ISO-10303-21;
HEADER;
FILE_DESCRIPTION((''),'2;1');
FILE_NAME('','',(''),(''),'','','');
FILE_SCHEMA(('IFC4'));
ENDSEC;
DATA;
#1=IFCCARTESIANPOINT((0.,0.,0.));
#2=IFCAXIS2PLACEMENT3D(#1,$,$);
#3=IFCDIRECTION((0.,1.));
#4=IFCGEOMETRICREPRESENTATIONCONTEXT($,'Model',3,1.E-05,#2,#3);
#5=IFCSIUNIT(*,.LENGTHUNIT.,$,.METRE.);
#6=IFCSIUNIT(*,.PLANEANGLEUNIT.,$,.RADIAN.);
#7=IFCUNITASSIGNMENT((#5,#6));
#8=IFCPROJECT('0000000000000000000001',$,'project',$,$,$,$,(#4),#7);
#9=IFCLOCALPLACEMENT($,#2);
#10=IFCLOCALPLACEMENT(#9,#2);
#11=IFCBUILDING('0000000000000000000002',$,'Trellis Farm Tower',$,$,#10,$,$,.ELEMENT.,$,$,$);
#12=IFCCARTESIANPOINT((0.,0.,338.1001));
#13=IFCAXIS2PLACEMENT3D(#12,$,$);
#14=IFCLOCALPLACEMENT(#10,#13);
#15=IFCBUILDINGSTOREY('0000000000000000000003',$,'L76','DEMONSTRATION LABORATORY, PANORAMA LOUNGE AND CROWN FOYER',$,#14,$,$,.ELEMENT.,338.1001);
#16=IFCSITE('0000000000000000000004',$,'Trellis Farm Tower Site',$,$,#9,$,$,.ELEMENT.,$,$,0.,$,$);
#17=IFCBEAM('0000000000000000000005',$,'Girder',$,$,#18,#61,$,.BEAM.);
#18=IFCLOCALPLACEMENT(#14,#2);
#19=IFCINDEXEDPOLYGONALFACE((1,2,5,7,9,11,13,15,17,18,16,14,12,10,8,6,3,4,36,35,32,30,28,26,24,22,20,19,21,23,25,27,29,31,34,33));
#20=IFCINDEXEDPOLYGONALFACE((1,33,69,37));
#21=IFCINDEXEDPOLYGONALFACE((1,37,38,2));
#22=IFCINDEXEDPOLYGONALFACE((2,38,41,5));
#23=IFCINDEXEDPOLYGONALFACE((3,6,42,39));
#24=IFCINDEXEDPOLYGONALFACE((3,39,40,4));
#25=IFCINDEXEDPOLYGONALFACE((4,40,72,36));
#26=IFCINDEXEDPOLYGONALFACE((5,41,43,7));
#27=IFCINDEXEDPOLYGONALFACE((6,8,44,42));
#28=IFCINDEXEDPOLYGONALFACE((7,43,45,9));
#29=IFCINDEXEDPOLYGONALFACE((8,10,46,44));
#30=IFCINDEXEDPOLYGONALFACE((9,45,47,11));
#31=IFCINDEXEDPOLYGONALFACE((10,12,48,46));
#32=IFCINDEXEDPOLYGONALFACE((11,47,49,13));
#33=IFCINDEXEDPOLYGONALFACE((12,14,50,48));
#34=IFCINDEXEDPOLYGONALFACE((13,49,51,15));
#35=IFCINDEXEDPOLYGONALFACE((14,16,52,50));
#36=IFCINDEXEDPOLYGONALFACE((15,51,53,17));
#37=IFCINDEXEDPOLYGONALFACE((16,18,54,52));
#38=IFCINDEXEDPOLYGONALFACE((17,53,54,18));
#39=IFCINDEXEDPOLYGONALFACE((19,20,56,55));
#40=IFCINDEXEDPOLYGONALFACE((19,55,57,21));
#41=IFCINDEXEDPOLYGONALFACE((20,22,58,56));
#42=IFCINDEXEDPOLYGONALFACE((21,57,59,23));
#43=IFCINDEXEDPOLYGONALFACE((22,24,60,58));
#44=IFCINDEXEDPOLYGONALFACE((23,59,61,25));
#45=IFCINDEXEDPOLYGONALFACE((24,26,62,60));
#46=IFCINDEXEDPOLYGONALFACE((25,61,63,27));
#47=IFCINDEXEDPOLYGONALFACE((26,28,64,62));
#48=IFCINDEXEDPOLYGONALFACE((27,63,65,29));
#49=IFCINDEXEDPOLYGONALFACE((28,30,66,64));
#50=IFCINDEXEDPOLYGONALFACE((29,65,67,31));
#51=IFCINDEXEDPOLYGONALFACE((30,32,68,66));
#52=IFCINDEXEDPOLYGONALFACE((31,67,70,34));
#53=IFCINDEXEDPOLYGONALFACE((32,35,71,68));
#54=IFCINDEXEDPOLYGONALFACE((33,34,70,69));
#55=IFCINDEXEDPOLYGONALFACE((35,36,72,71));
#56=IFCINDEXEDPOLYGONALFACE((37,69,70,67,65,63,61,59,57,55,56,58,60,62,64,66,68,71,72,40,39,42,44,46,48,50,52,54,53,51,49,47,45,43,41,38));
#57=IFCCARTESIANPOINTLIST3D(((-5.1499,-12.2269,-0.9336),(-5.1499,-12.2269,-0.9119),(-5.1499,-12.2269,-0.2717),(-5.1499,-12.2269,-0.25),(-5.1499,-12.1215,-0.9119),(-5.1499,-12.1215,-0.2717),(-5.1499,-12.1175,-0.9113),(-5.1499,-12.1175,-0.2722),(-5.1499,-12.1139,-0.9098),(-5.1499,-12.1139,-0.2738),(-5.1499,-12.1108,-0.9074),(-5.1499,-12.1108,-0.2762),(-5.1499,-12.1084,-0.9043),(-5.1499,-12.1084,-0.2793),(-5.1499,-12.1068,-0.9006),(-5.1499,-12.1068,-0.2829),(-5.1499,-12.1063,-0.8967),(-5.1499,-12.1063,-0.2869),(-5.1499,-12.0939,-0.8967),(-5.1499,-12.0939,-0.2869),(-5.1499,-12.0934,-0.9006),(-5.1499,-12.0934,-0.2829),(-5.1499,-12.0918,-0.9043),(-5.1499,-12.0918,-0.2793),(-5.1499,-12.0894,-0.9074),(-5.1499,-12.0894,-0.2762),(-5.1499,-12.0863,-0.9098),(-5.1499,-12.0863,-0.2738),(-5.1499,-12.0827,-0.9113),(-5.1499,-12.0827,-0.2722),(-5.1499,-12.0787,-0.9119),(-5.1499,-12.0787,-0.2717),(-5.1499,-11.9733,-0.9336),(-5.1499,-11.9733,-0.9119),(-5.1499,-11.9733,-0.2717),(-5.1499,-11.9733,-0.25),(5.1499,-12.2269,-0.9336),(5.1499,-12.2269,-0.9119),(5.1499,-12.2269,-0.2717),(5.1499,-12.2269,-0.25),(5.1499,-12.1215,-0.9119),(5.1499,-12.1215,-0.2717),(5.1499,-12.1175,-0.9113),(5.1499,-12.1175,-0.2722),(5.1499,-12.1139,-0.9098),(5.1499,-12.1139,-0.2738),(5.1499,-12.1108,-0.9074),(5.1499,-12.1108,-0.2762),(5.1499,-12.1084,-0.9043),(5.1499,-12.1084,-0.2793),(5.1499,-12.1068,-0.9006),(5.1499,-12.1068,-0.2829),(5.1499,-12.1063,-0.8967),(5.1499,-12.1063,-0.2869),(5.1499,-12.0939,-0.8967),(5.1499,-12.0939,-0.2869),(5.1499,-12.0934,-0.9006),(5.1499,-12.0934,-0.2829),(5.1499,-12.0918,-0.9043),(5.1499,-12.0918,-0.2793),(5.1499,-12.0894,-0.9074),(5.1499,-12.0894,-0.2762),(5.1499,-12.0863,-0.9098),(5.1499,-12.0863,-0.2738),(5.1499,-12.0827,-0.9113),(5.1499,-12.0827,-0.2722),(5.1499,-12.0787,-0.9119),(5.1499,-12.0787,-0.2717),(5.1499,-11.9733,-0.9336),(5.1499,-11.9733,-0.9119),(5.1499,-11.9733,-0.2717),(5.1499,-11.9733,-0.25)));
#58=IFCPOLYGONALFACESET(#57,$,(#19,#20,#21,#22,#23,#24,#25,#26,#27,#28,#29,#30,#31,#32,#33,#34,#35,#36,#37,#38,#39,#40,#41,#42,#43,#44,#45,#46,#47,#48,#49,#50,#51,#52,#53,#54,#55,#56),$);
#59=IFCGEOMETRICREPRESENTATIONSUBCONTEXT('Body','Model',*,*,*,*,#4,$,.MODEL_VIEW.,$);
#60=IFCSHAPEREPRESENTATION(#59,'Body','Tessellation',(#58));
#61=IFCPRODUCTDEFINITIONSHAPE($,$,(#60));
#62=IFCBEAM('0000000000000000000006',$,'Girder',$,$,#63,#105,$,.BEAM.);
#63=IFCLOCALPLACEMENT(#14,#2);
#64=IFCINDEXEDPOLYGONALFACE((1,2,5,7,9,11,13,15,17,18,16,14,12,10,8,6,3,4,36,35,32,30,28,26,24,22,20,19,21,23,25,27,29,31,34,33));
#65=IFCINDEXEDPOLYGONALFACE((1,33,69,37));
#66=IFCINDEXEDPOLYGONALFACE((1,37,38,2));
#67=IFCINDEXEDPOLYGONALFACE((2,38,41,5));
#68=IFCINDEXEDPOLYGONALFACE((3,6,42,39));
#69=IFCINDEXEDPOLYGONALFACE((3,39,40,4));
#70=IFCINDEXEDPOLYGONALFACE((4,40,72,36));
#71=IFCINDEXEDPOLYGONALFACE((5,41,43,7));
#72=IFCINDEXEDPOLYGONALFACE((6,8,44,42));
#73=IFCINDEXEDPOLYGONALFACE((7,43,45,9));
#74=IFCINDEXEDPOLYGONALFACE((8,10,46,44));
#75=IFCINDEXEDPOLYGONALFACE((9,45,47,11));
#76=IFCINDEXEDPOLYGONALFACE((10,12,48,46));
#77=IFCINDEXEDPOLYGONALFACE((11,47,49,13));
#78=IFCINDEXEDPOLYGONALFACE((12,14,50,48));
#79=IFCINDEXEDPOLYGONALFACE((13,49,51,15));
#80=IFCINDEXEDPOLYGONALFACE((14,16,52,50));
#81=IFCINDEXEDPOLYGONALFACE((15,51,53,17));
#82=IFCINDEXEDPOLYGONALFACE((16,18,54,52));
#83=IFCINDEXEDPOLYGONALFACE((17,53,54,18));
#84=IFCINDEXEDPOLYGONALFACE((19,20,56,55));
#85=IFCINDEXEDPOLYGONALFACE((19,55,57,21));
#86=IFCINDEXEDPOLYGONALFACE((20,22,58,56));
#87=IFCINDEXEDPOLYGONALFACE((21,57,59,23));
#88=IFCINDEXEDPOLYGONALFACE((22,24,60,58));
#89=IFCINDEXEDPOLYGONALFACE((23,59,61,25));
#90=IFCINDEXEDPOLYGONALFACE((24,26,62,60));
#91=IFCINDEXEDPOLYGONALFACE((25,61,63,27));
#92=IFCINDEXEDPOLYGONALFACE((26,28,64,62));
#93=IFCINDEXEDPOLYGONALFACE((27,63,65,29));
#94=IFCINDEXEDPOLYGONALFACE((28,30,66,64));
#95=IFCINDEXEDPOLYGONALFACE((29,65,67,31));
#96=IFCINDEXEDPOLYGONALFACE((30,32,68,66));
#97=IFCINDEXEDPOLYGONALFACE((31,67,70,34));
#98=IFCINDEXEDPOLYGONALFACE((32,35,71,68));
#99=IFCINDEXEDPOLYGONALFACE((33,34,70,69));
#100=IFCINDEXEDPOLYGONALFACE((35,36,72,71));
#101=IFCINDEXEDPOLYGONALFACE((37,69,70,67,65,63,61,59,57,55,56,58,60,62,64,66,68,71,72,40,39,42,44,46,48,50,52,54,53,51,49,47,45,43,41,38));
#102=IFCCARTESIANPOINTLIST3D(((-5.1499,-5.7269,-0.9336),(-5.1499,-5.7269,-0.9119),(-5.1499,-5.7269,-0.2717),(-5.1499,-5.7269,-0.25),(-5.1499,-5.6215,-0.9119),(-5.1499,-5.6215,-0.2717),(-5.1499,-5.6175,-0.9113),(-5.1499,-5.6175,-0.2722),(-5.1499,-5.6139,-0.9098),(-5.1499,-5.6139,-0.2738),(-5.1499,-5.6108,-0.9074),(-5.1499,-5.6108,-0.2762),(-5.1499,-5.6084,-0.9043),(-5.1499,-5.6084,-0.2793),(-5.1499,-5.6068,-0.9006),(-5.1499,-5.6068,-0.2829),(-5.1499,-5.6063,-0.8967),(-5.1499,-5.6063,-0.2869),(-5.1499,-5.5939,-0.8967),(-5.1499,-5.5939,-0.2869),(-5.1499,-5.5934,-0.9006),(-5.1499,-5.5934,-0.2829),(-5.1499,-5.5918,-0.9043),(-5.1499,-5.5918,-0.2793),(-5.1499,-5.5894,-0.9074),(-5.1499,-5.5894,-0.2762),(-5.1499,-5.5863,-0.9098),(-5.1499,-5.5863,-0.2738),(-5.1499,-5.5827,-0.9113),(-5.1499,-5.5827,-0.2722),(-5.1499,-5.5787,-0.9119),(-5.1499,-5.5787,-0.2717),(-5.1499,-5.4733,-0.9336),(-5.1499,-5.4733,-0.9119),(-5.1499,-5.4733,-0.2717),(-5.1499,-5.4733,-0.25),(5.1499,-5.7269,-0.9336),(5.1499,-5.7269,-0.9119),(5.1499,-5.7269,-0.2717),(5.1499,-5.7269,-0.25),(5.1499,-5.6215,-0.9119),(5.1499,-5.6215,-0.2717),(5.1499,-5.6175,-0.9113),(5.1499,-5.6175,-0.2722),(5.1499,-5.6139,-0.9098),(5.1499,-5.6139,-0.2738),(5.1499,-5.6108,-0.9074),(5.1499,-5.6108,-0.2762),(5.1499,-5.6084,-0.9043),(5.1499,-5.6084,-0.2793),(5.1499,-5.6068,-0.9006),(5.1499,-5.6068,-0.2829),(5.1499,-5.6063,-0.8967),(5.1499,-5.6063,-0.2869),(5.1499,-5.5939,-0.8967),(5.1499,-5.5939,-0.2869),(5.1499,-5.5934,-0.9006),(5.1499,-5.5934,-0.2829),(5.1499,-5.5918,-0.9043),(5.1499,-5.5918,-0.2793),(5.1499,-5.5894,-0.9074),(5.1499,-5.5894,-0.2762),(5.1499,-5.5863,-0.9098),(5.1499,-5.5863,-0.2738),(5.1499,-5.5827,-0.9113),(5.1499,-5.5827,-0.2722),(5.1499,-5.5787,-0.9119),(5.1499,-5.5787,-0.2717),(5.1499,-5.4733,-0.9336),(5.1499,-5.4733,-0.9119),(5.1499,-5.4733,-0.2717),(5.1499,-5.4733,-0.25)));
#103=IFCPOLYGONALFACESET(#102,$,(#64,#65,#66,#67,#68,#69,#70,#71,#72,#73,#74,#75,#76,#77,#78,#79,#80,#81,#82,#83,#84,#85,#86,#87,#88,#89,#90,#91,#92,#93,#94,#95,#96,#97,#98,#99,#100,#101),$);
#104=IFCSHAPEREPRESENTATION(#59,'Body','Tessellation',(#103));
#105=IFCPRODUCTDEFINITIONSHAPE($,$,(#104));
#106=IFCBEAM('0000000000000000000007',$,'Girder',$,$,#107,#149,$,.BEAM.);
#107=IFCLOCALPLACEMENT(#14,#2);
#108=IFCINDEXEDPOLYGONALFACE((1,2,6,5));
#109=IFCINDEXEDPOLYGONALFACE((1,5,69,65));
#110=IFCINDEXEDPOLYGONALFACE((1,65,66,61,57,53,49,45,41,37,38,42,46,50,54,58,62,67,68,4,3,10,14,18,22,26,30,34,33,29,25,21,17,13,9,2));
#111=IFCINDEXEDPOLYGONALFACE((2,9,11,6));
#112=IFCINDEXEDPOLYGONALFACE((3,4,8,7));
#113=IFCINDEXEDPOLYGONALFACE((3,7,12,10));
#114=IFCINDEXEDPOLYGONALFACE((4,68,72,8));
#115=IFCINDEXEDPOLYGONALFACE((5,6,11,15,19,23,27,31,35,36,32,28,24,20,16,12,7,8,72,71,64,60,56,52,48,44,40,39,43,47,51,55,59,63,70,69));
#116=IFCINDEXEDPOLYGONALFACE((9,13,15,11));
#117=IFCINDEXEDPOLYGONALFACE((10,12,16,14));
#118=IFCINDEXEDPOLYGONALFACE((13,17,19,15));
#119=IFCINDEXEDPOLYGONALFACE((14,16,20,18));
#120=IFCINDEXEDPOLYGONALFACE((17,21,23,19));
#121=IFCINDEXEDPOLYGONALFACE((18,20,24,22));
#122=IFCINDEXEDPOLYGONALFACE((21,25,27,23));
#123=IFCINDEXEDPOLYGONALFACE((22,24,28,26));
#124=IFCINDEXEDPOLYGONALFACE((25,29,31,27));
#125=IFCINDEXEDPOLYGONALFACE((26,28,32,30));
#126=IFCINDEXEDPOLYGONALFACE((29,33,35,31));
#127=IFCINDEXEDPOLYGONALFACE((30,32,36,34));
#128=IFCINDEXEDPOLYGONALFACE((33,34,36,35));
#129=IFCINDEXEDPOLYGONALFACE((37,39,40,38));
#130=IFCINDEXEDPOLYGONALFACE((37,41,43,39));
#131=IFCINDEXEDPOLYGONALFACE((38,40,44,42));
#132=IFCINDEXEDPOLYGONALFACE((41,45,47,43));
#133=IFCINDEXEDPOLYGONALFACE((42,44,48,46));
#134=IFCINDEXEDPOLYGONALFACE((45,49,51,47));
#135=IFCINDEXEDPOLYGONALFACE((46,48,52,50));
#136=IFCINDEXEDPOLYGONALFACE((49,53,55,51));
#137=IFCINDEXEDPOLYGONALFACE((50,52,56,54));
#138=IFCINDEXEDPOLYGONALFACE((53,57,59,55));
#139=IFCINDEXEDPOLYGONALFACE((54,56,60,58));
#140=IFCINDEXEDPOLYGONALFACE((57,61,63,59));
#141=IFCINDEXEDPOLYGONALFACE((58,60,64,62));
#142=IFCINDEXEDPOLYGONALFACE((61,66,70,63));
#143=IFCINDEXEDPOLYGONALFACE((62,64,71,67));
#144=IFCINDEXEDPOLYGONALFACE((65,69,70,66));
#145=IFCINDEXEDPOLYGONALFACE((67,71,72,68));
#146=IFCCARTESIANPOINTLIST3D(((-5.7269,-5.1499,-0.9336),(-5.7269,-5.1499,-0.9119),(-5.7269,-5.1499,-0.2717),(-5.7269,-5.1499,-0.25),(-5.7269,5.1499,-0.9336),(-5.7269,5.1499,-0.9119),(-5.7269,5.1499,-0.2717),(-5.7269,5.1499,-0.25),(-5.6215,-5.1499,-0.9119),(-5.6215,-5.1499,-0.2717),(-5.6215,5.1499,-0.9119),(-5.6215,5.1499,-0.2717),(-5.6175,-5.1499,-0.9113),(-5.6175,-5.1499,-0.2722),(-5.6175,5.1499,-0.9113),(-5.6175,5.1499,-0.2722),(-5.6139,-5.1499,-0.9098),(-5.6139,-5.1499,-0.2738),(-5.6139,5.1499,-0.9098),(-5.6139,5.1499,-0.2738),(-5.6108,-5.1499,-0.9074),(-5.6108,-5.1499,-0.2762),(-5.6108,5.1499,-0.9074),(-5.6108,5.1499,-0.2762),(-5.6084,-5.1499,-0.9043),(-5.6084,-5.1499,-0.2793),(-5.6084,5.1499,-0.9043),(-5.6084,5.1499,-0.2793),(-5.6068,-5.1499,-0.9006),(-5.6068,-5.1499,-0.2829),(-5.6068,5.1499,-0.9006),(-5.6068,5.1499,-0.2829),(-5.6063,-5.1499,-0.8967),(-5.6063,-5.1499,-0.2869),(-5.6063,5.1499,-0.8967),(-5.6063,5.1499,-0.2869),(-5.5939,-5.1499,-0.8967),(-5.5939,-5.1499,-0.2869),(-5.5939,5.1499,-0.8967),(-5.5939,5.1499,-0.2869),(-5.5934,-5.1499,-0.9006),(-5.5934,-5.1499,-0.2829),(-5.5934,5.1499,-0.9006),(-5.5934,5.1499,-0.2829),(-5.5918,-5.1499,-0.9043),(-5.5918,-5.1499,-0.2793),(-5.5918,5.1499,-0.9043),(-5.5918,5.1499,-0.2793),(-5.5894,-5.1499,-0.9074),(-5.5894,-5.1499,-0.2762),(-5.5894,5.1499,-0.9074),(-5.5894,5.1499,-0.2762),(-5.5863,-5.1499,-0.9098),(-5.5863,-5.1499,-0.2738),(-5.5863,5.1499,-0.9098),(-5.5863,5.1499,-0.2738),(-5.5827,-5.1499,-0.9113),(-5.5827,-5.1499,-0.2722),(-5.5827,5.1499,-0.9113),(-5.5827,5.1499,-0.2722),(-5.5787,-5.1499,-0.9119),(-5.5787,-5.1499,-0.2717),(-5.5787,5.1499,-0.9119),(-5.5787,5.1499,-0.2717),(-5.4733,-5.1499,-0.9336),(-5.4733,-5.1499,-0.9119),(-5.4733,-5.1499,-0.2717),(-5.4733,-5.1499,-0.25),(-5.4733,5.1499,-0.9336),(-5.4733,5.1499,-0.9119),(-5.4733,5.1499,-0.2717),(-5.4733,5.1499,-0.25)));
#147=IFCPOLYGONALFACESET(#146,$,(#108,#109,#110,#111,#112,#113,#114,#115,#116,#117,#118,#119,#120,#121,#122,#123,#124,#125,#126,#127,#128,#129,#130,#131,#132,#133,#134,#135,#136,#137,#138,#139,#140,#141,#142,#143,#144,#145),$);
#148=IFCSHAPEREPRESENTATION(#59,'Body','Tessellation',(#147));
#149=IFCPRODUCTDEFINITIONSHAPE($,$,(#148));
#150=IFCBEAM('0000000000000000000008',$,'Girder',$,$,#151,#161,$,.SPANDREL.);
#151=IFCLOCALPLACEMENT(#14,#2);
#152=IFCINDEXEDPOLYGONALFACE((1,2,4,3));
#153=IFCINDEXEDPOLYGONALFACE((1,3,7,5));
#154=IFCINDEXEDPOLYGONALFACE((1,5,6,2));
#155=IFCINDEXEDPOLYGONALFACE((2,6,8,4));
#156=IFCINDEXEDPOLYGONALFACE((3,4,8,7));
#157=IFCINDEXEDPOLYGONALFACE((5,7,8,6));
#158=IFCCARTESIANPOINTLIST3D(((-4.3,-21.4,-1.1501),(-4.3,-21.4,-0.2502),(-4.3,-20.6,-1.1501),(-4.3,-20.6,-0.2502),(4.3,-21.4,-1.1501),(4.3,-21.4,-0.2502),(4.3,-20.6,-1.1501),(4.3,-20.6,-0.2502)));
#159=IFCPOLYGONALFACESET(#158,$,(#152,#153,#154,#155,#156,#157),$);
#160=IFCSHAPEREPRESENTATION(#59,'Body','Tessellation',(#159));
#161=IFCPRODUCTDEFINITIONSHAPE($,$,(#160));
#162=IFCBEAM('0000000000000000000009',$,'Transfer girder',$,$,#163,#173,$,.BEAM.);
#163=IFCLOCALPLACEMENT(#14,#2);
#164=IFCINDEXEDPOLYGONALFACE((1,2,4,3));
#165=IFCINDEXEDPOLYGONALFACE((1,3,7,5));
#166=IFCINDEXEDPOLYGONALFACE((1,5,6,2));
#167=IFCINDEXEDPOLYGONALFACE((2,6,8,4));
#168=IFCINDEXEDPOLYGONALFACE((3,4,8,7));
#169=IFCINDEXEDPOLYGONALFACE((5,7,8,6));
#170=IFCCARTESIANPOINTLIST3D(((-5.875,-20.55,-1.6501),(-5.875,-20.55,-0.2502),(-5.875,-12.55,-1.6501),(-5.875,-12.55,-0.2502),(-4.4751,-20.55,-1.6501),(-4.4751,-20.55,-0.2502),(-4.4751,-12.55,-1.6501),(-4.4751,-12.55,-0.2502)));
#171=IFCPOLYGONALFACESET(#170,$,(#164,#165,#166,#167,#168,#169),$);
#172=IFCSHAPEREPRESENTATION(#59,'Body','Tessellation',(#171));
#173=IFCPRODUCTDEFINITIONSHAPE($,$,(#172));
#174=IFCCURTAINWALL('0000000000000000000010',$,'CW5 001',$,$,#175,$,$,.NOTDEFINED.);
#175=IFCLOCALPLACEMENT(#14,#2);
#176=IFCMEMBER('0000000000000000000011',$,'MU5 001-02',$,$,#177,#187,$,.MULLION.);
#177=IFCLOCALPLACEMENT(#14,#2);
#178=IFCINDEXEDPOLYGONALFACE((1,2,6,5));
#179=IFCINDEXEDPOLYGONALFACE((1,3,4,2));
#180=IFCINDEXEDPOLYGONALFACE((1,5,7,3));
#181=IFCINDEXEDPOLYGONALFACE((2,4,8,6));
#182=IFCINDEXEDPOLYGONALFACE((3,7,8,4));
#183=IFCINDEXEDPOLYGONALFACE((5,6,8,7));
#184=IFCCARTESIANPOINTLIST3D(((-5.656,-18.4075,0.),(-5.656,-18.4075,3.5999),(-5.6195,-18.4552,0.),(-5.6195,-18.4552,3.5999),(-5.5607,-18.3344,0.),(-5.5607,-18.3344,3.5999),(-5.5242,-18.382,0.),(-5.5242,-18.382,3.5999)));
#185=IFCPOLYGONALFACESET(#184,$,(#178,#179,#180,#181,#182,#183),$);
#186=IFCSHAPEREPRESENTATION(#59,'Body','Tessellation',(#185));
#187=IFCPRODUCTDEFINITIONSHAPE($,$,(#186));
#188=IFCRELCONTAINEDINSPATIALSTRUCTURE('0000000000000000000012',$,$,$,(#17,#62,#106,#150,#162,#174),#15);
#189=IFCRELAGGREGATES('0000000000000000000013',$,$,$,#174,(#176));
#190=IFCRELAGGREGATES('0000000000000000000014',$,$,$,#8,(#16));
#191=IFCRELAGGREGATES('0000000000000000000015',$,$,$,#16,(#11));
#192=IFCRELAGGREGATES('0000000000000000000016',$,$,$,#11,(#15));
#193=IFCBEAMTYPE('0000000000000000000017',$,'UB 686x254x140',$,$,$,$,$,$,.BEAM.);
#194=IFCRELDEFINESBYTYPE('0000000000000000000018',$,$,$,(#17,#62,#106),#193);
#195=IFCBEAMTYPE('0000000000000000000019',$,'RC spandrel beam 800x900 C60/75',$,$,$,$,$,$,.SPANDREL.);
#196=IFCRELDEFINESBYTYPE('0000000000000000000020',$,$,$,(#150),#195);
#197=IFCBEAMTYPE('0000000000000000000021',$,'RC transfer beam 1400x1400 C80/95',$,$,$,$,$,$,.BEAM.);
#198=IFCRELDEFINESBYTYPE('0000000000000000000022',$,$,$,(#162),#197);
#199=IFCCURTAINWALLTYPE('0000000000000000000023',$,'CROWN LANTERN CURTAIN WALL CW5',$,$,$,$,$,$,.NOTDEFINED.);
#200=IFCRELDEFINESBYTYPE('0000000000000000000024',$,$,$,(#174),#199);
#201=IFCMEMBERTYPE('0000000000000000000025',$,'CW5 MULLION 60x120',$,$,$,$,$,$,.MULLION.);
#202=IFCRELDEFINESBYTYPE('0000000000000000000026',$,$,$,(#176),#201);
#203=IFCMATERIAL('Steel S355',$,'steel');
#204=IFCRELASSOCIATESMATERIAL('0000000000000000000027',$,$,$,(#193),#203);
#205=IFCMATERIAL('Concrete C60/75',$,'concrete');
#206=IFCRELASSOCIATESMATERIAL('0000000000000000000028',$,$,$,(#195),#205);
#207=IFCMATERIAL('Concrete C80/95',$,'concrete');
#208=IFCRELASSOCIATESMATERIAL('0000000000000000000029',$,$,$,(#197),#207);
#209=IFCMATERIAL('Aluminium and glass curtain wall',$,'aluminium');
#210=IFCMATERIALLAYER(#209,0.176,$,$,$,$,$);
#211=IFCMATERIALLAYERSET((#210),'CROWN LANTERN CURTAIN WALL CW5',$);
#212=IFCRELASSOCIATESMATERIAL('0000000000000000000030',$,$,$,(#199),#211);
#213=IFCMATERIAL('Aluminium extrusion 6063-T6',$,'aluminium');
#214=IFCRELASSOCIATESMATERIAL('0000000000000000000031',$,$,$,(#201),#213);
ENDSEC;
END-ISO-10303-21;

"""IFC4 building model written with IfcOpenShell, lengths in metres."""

from ifc_helpers import new_model, si_unit, direction, frame, origin, origin_2d, place, context, subcontext, project, spatial, rectangle, i_section, extrude, source, transform, mapped, material, layer, layer_set, material_profile, profile_set, type_object, element, aggregate, save


model = new_model("IFC4")

# Units and contexts
model_context = context("Model", 3, precision=1e-05, world=origin(), true_north=direction((0.0, 1.0)))
body_context = subcontext(model_context, "Body", "Model", "MODEL_VIEW")
ifc_project = project(units=[si_unit("LENGTHUNIT", "METRE"), si_unit("PLANEANGLEUNIT", "RADIAN")], contexts=[model_context])

# Site, building, storey
site_placement = place(None, origin())
site = spatial("IfcSite", under=ifc_project, at=site_placement, Name="Trellis Farm Tower Site", CompositionType="ELEMENT", RefElevation=0.0)
building_placement = place(site_placement, origin())
building = spatial("IfcBuilding", under=site, at=building_placement, Name="Trellis Farm Tower", CompositionType="ELEMENT")
storey_placement = place(building_placement, frame((0.0, 0.0, 338.1001)))
storey = spatial("IfcBuildingStorey", under=building, at=storey_placement, Name="L76", Description="DEMONSTRATION LABORATORY, PANORAMA LOUNGE AND CROWN FOYER", CompositionType="ELEMENT", Elevation=338.1001)

# Beams
ifc_material_1 = material(Name="Steel S355", Category="steel")
ifc_material_profile_1 = material_profile(ifc_material_1, i_section(OverallWidth=0.2537, OverallDepth=0.6836, WebThickness=0.0125, FlangeThickness=0.0217, FilletRadius=0.0151, at=origin_2d()), Name="UB 686x254x140")
ifc_profile_set_1 = profile_set([ifc_material_profile_1], Name="Steel S355")
beam_type_1 = type_object("IfcBeamType", Name="UB 686x254x140", PredefinedType="BEAM", material=ifc_profile_set_1)
shared_shape_1 = source(origin(), body_context, "Body", "SweptSolid", [
    extrude(i_section(OverallWidth=0.2537, OverallDepth=0.6836, WebThickness=0.0125, FlangeThickness=0.0217, FilletRadius=0.0151, at=origin_2d()), origin(), (0.0, 0.0, 1.0), 10.2998),
])
for number, where, z_axis, x_axis, name in (
    (1, (-5.1499, -12.1001, -0.5918), (1.0, 0.0, 0.0), (0.0, 1.0, 0.0), "Girder"),
    (2, (-5.1499, -5.6001, -0.5918), (1.0, 0.0, 0.0), (0.0, 1.0, 0.0), "Girder"),
    (3, (-5.6001, -5.1499, -0.5918), (0.0, 1.0, 0.0), (-1.0, 0.0, 0.0), "Girder"),
):
    element("IfcBeam", number, at=place(storey_placement, frame(where, z_axis=z_axis, x_axis=x_axis)), inside=storey, type_object=beam_type_1, Name=name, PredefinedType="BEAM", context=body_context, shape_type="MappedRepresentation", body=[
        mapped(shared_shape_1, transform((0.0, 0.0, 0.0))),
    ])
ifc_material_2 = material(Name="Concrete C60/75", Category="concrete")
ifc_material_profile_2 = material_profile(ifc_material_2, rectangle(XDim=0.8, YDim=0.8999, at=origin_2d()), Name="RC spandrel beam 800x900 C60/75")
ifc_profile_set_2 = profile_set([ifc_material_profile_2], Name="Concrete C60/75")
beam_type_2 = type_object("IfcBeamType", Name="RC spandrel beam 800x900 C60/75", PredefinedType="SPANDREL", material=ifc_profile_set_2)
shared_shape_2 = source(origin(), body_context, "Body", "SweptSolid", [
    extrude(rectangle(XDim=0.8, YDim=0.8999, at=origin_2d()), origin(), (0.0, 0.0, 1.0), 8.6001),
])
beam_1_placement = place(storey_placement, frame((-4.3, -21.0, -0.7002), z_axis=(1.0, 0.0, 0.0), x_axis=(0.0, 1.0, 0.0)))
element("IfcBeam", 4, at=beam_1_placement, inside=storey, type_object=beam_type_2, Name="Girder", PredefinedType="SPANDREL", context=body_context, shape_type="MappedRepresentation", body=[
    mapped(shared_shape_2, transform((0.0, 0.0, 0.0))),
])
ifc_material_3 = material(Name="Concrete C80/95", Category="concrete")
ifc_material_profile_3 = material_profile(ifc_material_3, rectangle(XDim=1.3999, YDim=1.3999, at=origin_2d()), Name="RC transfer beam 1400x1400 C80/95")
ifc_profile_set_3 = profile_set([ifc_material_profile_3], Name="Concrete C80/95")
beam_type_3 = type_object("IfcBeamType", Name="RC transfer beam 1400x1400 C80/95", PredefinedType="BEAM", material=ifc_profile_set_3)
shared_shape_3 = source(origin(), body_context, "Body", "SweptSolid", [
    extrude(rectangle(XDim=1.3999, YDim=1.3999, at=origin_2d()), origin(), (0.0, 0.0, 1.0), 8.0),
])
beam_2_placement = place(storey_placement, frame((-5.175, -20.55, -0.9502), z_axis=(0.0, 1.0, 0.0), x_axis=(-1.0, 0.0, 0.0)))
element("IfcBeam", 5, at=beam_2_placement, inside=storey, type_object=beam_type_3, Name="Transfer girder", PredefinedType="BEAM", context=body_context, shape_type="MappedRepresentation", body=[
    mapped(shared_shape_3, transform((0.0, 0.0, 0.0))),
])

# Curtain wall, member
ifc_material_4 = material(Name="Aluminium and glass curtain wall", Category="aluminium")
ifc_layer_1 = layer(ifc_material_4, 0.176)
ifc_layer_set_1 = layer_set([ifc_layer_1], Name="CROWN LANTERN CURTAIN WALL CW5")
curtain_wall_type = type_object("IfcCurtainWallType", Name="CROWN LANTERN CURTAIN WALL CW5", PredefinedType="NOTDEFINED", material=ifc_layer_set_1)
placement_1 = place(storey_placement, origin())
curtain_wall_1 = element("IfcCurtainWall", 6, at=placement_1, inside=storey, type_object=curtain_wall_type, Name="CW5 001", PredefinedType="NOTDEFINED")
ifc_material_5 = material(Name="Aluminium extrusion 6063-T6", Category="aluminium")
ifc_material_profile_4 = material_profile(ifc_material_5, rectangle(XDim=0.0601, YDim=0.1201, at=origin_2d()), Name="MULLION 60x120")
ifc_profile_set_4 = profile_set([ifc_material_profile_4], Name="Aluminium extrusion 6063-T6")
member_type_1 = type_object("IfcMemberType", Name="CW5 MULLION 60x120", PredefinedType="MULLION", material=ifc_profile_set_4)
shared_shape_4 = source(origin(), body_context, "Body", "SweptSolid", [
    extrude(rectangle(XDim=0.0601, YDim=0.1201, at=origin_2d()), origin(), (0.0, 0.0, 1.0), 3.5999),
])
member_1_placement = place(storey_placement, frame((-5.5901, -18.3948, 0.0), z_axis=(0.0, 0.0, 1.0), x_axis=(0.608761, -0.793353, 0.0)))
member_1 = element("IfcMember", 7, at=member_1_placement, type_object=member_type_1, Name="MU5 001-02", PredefinedType="MULLION", context=body_context, shape_type="MappedRepresentation", body=[
    mapped(shared_shape_4, transform((0.0, 0.0, 0.0))),
])

aggregate(curtain_wall_1, [member_1])

save(model, "model.ifc")
